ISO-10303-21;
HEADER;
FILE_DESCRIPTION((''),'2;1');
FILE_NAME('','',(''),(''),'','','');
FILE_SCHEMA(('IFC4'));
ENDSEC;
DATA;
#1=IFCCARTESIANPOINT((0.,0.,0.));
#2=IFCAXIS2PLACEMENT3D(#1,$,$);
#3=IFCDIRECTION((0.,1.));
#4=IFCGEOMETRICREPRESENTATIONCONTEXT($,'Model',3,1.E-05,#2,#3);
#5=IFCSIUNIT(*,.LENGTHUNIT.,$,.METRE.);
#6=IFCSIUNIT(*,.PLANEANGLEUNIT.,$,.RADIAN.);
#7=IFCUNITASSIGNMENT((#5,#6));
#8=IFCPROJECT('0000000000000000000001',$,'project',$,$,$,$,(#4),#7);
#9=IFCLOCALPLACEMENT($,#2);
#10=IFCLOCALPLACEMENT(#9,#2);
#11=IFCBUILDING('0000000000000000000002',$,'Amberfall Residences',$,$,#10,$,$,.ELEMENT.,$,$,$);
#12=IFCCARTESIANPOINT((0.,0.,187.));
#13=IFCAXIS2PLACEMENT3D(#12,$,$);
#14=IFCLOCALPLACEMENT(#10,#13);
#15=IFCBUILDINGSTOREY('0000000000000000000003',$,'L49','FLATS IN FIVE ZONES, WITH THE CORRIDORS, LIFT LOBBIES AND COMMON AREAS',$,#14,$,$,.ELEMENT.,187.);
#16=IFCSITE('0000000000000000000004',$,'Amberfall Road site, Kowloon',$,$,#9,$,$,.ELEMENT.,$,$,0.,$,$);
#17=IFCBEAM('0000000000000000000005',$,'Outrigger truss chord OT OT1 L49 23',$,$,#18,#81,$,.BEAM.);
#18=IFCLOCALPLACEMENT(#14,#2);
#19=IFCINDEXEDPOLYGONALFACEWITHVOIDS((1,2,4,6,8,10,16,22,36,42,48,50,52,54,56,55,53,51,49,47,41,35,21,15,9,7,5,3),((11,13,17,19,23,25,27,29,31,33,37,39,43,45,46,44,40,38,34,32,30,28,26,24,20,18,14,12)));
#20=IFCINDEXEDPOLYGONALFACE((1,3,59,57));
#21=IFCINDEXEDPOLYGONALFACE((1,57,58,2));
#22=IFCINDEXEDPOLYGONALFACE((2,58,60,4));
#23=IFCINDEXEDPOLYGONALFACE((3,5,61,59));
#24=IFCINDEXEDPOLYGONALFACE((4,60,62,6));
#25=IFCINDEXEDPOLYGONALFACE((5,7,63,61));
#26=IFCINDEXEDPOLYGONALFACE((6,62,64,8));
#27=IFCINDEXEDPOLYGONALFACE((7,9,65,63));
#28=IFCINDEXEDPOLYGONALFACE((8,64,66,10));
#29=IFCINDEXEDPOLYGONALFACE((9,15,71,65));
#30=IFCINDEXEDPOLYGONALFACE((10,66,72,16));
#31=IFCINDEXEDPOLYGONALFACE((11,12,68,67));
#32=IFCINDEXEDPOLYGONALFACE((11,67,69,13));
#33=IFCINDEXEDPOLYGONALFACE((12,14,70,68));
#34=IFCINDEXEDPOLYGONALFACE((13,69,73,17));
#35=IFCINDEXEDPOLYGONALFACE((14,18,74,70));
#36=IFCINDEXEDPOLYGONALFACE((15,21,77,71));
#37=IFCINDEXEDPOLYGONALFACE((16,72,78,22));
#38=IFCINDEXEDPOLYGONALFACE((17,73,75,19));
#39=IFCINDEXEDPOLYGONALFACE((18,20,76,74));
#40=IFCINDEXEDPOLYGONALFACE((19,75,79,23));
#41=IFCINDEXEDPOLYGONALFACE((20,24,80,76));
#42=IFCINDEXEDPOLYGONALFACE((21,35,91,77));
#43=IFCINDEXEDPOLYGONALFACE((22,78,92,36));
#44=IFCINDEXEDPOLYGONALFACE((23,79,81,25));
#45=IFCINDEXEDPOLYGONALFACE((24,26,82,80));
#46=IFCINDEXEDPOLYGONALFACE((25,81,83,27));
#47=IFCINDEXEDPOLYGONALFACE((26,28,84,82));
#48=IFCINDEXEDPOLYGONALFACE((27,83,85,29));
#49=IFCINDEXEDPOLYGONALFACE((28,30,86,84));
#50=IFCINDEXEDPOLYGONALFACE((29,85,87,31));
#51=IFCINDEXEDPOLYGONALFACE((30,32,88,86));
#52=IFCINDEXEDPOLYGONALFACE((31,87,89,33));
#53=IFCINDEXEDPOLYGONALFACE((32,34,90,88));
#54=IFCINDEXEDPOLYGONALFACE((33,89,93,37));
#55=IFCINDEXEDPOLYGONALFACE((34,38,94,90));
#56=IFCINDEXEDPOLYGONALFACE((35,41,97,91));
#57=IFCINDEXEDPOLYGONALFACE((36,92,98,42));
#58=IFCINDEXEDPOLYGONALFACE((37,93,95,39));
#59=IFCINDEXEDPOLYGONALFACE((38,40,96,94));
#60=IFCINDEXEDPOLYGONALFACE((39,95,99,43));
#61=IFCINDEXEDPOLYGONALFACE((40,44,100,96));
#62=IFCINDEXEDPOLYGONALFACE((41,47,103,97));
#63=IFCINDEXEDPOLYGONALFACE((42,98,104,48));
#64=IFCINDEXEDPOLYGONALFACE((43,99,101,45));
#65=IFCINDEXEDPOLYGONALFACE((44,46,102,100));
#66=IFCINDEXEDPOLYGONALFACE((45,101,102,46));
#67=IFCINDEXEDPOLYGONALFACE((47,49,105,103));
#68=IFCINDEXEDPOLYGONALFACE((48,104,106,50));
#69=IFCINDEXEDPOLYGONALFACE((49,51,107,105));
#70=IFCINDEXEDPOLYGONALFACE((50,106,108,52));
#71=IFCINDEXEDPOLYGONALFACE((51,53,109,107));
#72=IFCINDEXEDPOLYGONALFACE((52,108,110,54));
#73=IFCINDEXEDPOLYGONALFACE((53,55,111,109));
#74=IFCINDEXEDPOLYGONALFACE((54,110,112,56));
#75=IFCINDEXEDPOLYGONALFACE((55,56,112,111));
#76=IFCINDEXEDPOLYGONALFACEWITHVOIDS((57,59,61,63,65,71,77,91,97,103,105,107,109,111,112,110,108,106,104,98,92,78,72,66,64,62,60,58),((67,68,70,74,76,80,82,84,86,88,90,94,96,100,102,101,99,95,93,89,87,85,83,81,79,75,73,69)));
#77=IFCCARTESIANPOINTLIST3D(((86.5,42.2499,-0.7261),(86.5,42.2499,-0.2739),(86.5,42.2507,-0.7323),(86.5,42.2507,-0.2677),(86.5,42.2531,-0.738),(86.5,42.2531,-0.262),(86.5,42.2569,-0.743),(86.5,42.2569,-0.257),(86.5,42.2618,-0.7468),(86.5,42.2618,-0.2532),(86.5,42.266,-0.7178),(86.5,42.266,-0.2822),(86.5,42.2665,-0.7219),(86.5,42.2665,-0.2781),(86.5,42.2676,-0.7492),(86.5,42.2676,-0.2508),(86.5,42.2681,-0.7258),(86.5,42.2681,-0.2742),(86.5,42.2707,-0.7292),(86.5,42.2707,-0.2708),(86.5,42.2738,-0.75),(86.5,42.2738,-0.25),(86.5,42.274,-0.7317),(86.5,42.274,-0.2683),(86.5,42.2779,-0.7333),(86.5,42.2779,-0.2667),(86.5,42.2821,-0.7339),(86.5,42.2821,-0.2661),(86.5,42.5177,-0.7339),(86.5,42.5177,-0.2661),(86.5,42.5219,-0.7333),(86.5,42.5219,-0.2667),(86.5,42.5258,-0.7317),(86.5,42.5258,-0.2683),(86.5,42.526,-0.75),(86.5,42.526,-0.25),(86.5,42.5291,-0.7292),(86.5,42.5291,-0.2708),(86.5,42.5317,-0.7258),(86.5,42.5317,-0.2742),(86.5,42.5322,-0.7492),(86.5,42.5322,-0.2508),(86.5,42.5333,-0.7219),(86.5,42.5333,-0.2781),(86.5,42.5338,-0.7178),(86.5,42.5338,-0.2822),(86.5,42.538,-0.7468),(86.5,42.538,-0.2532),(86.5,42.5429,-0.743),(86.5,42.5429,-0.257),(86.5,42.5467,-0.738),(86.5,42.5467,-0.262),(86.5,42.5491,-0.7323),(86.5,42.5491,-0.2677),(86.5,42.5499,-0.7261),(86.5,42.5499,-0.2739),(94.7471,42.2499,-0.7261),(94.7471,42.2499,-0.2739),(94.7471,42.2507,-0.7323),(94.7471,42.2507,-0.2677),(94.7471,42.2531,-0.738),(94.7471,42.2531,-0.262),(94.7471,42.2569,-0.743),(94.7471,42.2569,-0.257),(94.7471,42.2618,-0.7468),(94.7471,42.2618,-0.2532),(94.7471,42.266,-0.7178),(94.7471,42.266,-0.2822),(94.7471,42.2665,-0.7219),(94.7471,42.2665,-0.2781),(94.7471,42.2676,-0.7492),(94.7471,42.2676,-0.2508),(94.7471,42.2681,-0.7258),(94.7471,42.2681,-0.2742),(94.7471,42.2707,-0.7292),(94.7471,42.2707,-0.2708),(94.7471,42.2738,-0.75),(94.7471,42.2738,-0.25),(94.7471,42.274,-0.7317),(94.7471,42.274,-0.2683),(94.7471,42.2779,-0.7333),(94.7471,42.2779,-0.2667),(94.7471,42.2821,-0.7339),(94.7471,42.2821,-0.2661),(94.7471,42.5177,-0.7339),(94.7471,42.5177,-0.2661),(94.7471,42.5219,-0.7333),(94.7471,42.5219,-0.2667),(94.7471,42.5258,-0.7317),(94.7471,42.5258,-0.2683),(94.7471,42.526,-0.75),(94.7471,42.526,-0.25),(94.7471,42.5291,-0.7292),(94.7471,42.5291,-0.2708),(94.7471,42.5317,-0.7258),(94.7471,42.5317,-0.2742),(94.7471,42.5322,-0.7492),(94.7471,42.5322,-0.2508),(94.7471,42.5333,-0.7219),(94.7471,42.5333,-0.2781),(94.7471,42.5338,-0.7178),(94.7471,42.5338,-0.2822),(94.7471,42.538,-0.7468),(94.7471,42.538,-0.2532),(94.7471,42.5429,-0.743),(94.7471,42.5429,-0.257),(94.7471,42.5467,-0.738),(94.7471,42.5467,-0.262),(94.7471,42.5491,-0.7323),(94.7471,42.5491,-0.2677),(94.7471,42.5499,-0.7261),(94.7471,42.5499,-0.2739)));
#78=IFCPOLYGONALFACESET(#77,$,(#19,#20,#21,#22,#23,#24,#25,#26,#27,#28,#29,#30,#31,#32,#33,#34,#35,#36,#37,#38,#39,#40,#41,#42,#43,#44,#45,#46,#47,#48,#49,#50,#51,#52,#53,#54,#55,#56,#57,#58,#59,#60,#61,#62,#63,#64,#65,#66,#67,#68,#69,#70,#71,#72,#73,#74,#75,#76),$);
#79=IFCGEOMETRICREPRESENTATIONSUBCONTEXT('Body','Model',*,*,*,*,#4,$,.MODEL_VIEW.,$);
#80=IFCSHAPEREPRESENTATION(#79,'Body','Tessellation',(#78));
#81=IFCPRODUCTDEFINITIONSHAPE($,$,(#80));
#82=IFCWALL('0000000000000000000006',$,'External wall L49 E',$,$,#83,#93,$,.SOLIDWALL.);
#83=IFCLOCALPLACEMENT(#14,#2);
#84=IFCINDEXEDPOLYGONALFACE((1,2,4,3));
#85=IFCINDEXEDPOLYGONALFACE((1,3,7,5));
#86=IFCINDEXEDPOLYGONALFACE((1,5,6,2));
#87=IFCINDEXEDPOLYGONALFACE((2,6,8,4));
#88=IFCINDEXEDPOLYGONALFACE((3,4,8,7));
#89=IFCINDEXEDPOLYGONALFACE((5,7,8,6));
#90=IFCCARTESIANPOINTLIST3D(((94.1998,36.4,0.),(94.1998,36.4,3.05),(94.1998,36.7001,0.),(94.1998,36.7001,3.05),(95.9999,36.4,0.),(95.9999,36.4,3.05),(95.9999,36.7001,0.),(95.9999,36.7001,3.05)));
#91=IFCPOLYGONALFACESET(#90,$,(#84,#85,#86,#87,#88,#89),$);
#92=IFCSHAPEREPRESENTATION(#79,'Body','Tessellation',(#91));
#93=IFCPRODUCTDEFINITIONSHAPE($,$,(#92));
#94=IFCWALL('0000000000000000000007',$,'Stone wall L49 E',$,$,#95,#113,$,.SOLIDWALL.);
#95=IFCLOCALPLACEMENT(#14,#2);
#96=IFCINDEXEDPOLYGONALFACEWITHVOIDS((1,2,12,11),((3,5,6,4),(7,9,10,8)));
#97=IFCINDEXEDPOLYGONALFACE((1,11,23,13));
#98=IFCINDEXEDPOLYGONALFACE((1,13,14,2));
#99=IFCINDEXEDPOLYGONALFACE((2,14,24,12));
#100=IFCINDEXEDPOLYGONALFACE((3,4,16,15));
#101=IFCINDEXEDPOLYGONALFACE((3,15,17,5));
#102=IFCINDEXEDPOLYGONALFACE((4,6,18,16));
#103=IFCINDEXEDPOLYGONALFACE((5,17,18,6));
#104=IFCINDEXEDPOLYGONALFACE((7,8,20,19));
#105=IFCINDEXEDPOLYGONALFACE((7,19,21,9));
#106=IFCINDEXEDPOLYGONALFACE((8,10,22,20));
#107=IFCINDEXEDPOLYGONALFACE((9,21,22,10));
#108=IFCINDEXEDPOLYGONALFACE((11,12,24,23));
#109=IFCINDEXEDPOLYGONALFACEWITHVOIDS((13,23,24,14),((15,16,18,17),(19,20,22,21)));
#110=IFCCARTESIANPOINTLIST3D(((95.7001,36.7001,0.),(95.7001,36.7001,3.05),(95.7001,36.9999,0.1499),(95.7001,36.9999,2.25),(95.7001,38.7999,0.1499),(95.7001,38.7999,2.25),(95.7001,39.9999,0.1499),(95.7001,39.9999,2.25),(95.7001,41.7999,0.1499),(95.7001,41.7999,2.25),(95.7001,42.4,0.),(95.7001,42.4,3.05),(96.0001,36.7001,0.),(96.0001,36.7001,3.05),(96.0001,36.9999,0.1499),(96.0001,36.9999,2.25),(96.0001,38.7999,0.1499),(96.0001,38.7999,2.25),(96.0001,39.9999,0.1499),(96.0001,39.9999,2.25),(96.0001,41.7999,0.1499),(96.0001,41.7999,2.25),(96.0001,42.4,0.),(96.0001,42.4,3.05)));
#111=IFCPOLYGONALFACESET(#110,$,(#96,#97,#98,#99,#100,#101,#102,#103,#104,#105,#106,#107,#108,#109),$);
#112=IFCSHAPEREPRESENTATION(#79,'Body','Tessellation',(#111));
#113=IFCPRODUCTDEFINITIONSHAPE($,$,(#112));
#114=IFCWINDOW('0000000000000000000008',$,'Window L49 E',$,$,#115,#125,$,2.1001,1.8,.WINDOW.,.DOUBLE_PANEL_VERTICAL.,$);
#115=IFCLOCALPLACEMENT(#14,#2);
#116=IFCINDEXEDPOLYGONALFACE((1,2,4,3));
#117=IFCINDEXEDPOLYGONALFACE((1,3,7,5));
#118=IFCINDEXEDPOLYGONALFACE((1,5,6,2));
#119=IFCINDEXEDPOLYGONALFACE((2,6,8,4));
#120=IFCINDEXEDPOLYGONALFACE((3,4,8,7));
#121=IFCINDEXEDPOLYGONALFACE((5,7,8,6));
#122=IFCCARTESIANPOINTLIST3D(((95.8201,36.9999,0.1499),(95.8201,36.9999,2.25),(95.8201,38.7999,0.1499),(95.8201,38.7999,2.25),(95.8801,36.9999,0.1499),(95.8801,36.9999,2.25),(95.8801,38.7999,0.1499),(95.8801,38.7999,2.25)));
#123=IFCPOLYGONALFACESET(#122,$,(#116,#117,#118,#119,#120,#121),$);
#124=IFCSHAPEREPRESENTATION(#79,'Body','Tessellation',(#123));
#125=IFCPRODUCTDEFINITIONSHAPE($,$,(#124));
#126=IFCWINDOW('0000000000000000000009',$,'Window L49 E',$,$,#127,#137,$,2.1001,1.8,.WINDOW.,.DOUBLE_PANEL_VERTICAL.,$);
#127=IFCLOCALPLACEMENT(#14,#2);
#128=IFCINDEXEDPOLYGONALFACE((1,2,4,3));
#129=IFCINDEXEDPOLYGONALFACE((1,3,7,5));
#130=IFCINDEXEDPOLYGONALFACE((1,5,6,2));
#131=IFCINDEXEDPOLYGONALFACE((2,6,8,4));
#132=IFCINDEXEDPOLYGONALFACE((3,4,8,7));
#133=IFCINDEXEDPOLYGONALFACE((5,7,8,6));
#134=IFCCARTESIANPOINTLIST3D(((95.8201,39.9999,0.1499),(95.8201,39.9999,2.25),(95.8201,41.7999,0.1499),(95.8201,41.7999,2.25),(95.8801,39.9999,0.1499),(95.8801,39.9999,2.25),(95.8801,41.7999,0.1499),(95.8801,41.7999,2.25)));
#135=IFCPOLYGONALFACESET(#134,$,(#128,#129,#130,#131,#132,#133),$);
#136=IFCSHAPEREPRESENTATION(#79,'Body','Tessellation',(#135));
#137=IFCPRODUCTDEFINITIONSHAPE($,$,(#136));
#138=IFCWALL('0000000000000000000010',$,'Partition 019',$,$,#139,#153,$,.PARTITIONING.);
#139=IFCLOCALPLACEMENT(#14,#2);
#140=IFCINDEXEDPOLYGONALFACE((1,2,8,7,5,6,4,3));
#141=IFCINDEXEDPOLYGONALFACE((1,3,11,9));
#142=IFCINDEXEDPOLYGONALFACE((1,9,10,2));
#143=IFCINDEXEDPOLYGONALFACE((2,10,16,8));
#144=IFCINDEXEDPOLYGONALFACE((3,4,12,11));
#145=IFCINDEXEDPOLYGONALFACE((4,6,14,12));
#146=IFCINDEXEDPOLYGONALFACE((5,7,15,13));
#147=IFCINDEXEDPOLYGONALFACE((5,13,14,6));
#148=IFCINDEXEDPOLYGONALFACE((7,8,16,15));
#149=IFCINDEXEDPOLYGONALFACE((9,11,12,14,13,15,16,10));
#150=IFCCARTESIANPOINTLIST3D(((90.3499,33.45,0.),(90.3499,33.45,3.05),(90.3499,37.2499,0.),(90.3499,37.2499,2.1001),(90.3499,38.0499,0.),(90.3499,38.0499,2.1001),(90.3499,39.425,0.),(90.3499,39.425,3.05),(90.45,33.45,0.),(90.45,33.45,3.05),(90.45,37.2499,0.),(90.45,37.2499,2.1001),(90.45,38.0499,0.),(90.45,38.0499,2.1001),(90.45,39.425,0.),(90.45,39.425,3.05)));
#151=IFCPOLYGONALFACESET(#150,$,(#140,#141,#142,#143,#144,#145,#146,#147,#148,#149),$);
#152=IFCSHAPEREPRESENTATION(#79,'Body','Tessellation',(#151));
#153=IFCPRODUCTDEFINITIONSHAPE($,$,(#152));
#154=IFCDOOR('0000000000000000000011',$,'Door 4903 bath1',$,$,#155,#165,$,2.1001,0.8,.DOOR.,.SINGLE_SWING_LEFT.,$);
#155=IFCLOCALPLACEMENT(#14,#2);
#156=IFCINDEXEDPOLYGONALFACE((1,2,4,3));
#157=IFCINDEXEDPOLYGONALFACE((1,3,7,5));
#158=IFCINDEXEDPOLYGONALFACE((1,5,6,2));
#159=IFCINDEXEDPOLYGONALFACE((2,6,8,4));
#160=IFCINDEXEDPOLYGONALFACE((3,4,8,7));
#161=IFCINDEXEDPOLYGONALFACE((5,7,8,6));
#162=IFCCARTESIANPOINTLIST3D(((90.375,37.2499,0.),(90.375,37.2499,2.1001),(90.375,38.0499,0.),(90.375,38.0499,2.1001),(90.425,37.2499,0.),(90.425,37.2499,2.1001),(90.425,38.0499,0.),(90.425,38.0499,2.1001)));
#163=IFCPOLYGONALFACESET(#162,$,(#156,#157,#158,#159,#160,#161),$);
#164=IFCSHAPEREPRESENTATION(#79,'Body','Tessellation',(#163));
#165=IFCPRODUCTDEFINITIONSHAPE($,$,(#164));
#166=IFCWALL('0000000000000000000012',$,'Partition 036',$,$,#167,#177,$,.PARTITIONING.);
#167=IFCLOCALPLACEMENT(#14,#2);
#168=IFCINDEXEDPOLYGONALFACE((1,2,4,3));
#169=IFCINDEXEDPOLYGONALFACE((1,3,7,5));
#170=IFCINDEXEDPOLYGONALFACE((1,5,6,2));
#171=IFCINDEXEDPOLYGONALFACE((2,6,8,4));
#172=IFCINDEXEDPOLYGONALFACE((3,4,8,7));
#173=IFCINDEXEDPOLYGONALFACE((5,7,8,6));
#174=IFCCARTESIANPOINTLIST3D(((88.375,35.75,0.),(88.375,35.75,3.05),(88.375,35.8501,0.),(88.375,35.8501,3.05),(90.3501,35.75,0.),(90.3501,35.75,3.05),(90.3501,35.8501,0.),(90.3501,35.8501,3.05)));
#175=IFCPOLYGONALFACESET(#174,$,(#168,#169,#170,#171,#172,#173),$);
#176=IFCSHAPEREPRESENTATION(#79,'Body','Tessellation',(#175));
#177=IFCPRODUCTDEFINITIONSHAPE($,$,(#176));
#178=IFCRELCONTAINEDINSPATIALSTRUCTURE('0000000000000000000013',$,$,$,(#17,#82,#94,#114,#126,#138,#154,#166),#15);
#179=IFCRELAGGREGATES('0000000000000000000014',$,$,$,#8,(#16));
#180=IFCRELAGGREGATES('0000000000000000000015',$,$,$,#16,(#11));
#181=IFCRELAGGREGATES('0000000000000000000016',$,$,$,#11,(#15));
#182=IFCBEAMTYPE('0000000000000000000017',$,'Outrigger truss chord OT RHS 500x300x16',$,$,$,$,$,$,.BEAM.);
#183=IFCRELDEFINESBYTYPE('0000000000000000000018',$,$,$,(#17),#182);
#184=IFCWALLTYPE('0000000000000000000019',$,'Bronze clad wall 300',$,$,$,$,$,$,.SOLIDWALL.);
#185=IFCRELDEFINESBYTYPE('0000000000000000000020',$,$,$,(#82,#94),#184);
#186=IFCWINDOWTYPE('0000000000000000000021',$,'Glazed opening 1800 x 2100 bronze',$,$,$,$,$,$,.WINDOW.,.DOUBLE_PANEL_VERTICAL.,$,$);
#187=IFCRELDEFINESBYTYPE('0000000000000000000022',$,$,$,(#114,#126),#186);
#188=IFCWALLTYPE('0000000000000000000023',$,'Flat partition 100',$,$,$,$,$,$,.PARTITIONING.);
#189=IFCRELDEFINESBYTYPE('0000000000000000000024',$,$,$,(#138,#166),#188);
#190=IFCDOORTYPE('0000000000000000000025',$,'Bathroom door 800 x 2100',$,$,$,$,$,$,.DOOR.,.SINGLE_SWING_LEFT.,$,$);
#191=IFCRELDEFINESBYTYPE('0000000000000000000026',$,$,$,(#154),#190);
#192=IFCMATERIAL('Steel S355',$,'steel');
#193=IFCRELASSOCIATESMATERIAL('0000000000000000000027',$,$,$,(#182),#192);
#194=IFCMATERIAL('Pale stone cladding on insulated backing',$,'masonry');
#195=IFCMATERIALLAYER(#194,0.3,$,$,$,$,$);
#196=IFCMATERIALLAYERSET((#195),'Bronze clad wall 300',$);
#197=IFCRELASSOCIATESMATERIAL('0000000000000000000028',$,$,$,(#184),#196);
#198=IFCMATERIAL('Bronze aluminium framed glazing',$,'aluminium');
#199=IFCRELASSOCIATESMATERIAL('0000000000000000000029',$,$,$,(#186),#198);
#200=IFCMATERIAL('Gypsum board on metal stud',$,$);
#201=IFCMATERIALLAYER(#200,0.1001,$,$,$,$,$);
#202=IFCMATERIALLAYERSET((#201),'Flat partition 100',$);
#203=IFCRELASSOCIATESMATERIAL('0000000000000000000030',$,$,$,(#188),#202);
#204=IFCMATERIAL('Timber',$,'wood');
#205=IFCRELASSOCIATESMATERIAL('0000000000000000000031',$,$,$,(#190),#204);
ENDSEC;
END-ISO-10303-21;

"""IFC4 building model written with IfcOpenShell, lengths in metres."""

from ifc_helpers import new_model, si_unit, direction, frame, frame_2d, origin, origin_2d, place, context, subcontext, project, spatial, rectangle, hollow_rectangle, extrude, material, layer, layer_set, material_profile, profile_set, type_object, element, fill, save


model = new_model("IFC4")

# Units and contexts
model_context = context("Model", 3, precision=1e-05, world=origin(), true_north=direction((0.0, 1.0)))
body_context = subcontext(model_context, "Body", "Model", "MODEL_VIEW")
ifc_project = project(units=[si_unit("LENGTHUNIT", "METRE"), si_unit("PLANEANGLEUNIT", "RADIAN")], contexts=[model_context])

# Site, building, storey
site_placement = place(None, origin())
site = spatial("IfcSite", under=ifc_project, at=site_placement, Name="Amberfall Road site, Kowloon", CompositionType="ELEMENT", RefElevation=0.0)
building_placement = place(site_placement, origin())
building = spatial("IfcBuilding", under=site, at=building_placement, Name="Amberfall Residences", CompositionType="ELEMENT")
storey_placement = place(building_placement, frame((0.0, 0.0, 187.0)))
storey = spatial("IfcBuildingStorey", under=building, at=storey_placement, Name="L49", Description="FLATS IN FIVE ZONES, WITH THE CORRIDORS, LIFT LOBBIES AND COMMON AREAS", CompositionType="ELEMENT", Elevation=187.0)

# Beam
ifc_material_1 = material(Name="Steel S355", Category="steel")
ifc_material_profile_1 = material_profile(ifc_material_1, hollow_rectangle(XDim=0.3, YDim=0.5, WallThickness=0.0161, InnerFilletRadius=0.0161, OuterFilletRadius=0.0239, at=origin_2d()), Name="RHS 500x300x16")
ifc_profile_set_1 = profile_set([ifc_material_profile_1], Name="Steel S355")
beam_type_1 = type_object("IfcBeamType", Name="Outrigger truss chord OT RHS 500x300x16", PredefinedType="BEAM", material=ifc_profile_set_1)
beam_1_placement = place(storey_placement, frame((94.7471, 42.3999, -0.5), z_axis=(-1.0, 0.0, 0.0), x_axis=(0.0, -1.0, 0.0)))
element("IfcBeam", 1, at=beam_1_placement, inside=storey, type_object=beam_type_1, Name="Outrigger truss chord OT OT1 L49 23", PredefinedType="BEAM", context=body_context, shape_type="SweptSolid", body=[
    extrude(hollow_rectangle(XDim=0.3, YDim=0.5, WallThickness=0.0161, InnerFilletRadius=0.0161, OuterFilletRadius=0.0239, at=origin_2d()), origin(), (0.0, 0.0, 1.0), 8.2471),
])

# Wall
ifc_material_2 = material(Name="Pale stone cladding on insulated backing", Category="masonry")
ifc_layer_1 = layer(ifc_material_2, 0.3)
ifc_layer_set_1 = layer_set([ifc_layer_1], Name="Bronze clad wall 300")
wall_type_1 = type_object("IfcWallType", Name="Bronze clad wall 300", PredefinedType="SOLIDWALL", material=ifc_layer_set_1)
wall_1_placement = place(storey_placement, frame((94.2, 36.55, 0.0), z_axis=(0.0, 0.0, 1.0), x_axis=(1.0, 0.0, 0.0)))
element("IfcWall", 2, at=wall_1_placement, inside=storey, type_object=wall_type_1, Name="External wall L49 E", PredefinedType="SOLIDWALL", context=body_context, shape_type="SweptSolid", body=[
    extrude(rectangle(XDim=1.8, YDim=0.3, at=frame_2d((0.8999, 0.0))), origin(), (0.0, 0.0, 1.0), 3.05),
])

# Wall, openings, windows
wall_2_placement = place(storey_placement, frame((95.8501, 36.7, 0.0), z_axis=(0.0, 0.0, 1.0), x_axis=(0.0, 1.0, 0.0)))
wall_2 = element("IfcWall", 3, at=wall_2_placement, inside=storey, type_object=wall_type_1, Name="Stone wall L49 E", PredefinedType="SOLIDWALL", context=body_context, shape_type="SweptSolid", body=[
    extrude(rectangle(XDim=5.7, YDim=0.3, at=frame_2d((2.8501, 0.0))), origin(), (0.0, 0.0, 1.0), 3.05),
])
opening_1_placement = place(wall_2_placement, frame((0.3, 0.0, 0.1499)))
opening_1 = element("IfcOpeningElement", 4, at=opening_1_placement, cuts=wall_2, PredefinedType="OPENING", context=body_context, shape_type="SweptSolid", body=[
    extrude(rectangle(XDim=1.8, YDim=2.1001, at=frame_2d((0.8999, 1.05))), frame((0.0, 0.1599, 0.0), z_axis=(0.0, -1.0, 0.0), x_axis=(1.0, 0.0, 0.0)), (0.0, 0.0, 1.0), 0.3201),
])
opening_2_placement = place(wall_2_placement, frame((3.3, 0.0, 0.1499)))
opening_2 = element("IfcOpeningElement", 5, at=opening_2_placement, cuts=wall_2, PredefinedType="OPENING", context=body_context, shape_type="SweptSolid", body=[
    extrude(rectangle(XDim=1.8, YDim=2.1001, at=frame_2d((0.8999, 1.05))), frame((0.0, 0.1599, 0.0), z_axis=(0.0, -1.0, 0.0), x_axis=(1.0, 0.0, 0.0)), (0.0, 0.0, 1.0), 0.3201),
])
ifc_material_3 = material(Name="Bronze aluminium framed glazing", Category="aluminium")
window_type = type_object("IfcWindowType", Name="Glazed opening 1800 x 2100 bronze", PartitioningType="DOUBLE_PANEL_VERTICAL", PredefinedType="WINDOW", material=ifc_material_3)
window_1_placement = place(opening_1_placement, origin())
window_1 = element("IfcWindow", 6, at=window_1_placement, inside=storey, type_object=window_type, Name="Window L49 E", OverallHeight=2.1001, OverallWidth=1.8, PartitioningType="DOUBLE_PANEL_VERTICAL", PredefinedType="WINDOW", context=body_context, shape_type="SweptSolid", body=[
    extrude(rectangle(XDim=1.8, YDim=2.1001, at=frame_2d((0.8999, 1.05))), frame((0.0, 0.03, 0.0), z_axis=(0.0, -1.0, 0.0), x_axis=(1.0, 0.0, 0.0)), (0.0, 0.0, 1.0), 0.0601),
])
fill(opening_1, window_1)
window_2_placement = place(opening_2_placement, origin())
window_2 = element("IfcWindow", 7, at=window_2_placement, inside=storey, type_object=window_type, Name="Window L49 E", OverallHeight=2.1001, OverallWidth=1.8, PartitioningType="DOUBLE_PANEL_VERTICAL", PredefinedType="WINDOW", context=body_context, shape_type="SweptSolid", body=[
    extrude(rectangle(XDim=1.8, YDim=2.1001, at=frame_2d((0.8999, 1.05))), frame((0.0, 0.03, 0.0), z_axis=(0.0, -1.0, 0.0), x_axis=(1.0, 0.0, 0.0)), (0.0, 0.0, 1.0), 0.0601),
])
fill(opening_2, window_2)

# Wall, opening, door
ifc_material_4 = material(Name="Gypsum board on metal stud")
ifc_layer_2 = layer(ifc_material_4, 0.1001)
ifc_layer_set_2 = layer_set([ifc_layer_2], Name="Flat partition 100")
wall_type_2 = type_object("IfcWallType", Name="Flat partition 100", PredefinedType="PARTITIONING", material=ifc_layer_set_2)
wall_3_placement = place(storey_placement, frame((90.3999, 33.45, 0.0), z_axis=(0.0, 0.0, 1.0), x_axis=(0.0, 1.0, 0.0)))
wall_3 = element("IfcWall", 8, at=wall_3_placement, inside=storey, type_object=wall_type_2, Name="Partition 019", PredefinedType="PARTITIONING", context=body_context, shape_type="SweptSolid", body=[
    extrude(rectangle(XDim=5.9751, YDim=0.1001, at=frame_2d((2.9875, 0.0))), origin(), (0.0, 0.0, 1.0), 3.05),
])
opening_3_placement = place(wall_3_placement, frame((3.8, 0.0, 0.0)))
opening_3 = element("IfcOpeningElement", 9, at=opening_3_placement, cuts=wall_3, PredefinedType="OPENING", context=body_context, shape_type="SweptSolid", body=[
    extrude(rectangle(XDim=0.8, YDim=2.1001, at=frame_2d((0.3999, 1.05))), frame((0.0, 0.0601, 0.0), z_axis=(0.0, -1.0, 0.0), x_axis=(1.0, 0.0, 0.0)), (0.0, 0.0, 1.0), 0.1201),
])
ifc_material_5 = material(Name="Timber", Category="wood")
door_type_1 = type_object("IfcDoorType", Name="Bathroom door 800 x 2100", OperationType="SINGLE_SWING_LEFT", PredefinedType="DOOR", material=ifc_material_5)
door_1_placement = place(opening_3_placement, origin())
door_1 = element("IfcDoor", 10, at=door_1_placement, inside=storey, type_object=door_type_1, Name="Door 4903 bath1", OperationType="SINGLE_SWING_LEFT", OverallHeight=2.1001, OverallWidth=0.8, PredefinedType="DOOR", context=body_context, shape_type="SweptSolid", body=[
    extrude(rectangle(XDim=0.8, YDim=2.1001, at=frame_2d((0.3999, 1.05))), frame((0.0, 0.0249, 0.0), z_axis=(0.0, -1.0, 0.0), x_axis=(1.0, 0.0, 0.0)), (0.0, 0.0, 1.0), 0.05),
])
fill(opening_3, door_1)

# Wall
wall_4_placement = place(storey_placement, frame((88.375, 35.8, 0.0), z_axis=(0.0, 0.0, 1.0), x_axis=(1.0, 0.0, 0.0)))
element("IfcWall", 11, at=wall_4_placement, inside=storey, type_object=wall_type_2, Name="Partition 036", PredefinedType="PARTITIONING", context=body_context, shape_type="SweptSolid", body=[
    extrude(rectangle(XDim=1.9751, YDim=0.1001, at=frame_2d((0.9875, 0.0))), origin(), (0.0, 0.0, 1.0), 3.05),
])

save(model, "model.ifc")
